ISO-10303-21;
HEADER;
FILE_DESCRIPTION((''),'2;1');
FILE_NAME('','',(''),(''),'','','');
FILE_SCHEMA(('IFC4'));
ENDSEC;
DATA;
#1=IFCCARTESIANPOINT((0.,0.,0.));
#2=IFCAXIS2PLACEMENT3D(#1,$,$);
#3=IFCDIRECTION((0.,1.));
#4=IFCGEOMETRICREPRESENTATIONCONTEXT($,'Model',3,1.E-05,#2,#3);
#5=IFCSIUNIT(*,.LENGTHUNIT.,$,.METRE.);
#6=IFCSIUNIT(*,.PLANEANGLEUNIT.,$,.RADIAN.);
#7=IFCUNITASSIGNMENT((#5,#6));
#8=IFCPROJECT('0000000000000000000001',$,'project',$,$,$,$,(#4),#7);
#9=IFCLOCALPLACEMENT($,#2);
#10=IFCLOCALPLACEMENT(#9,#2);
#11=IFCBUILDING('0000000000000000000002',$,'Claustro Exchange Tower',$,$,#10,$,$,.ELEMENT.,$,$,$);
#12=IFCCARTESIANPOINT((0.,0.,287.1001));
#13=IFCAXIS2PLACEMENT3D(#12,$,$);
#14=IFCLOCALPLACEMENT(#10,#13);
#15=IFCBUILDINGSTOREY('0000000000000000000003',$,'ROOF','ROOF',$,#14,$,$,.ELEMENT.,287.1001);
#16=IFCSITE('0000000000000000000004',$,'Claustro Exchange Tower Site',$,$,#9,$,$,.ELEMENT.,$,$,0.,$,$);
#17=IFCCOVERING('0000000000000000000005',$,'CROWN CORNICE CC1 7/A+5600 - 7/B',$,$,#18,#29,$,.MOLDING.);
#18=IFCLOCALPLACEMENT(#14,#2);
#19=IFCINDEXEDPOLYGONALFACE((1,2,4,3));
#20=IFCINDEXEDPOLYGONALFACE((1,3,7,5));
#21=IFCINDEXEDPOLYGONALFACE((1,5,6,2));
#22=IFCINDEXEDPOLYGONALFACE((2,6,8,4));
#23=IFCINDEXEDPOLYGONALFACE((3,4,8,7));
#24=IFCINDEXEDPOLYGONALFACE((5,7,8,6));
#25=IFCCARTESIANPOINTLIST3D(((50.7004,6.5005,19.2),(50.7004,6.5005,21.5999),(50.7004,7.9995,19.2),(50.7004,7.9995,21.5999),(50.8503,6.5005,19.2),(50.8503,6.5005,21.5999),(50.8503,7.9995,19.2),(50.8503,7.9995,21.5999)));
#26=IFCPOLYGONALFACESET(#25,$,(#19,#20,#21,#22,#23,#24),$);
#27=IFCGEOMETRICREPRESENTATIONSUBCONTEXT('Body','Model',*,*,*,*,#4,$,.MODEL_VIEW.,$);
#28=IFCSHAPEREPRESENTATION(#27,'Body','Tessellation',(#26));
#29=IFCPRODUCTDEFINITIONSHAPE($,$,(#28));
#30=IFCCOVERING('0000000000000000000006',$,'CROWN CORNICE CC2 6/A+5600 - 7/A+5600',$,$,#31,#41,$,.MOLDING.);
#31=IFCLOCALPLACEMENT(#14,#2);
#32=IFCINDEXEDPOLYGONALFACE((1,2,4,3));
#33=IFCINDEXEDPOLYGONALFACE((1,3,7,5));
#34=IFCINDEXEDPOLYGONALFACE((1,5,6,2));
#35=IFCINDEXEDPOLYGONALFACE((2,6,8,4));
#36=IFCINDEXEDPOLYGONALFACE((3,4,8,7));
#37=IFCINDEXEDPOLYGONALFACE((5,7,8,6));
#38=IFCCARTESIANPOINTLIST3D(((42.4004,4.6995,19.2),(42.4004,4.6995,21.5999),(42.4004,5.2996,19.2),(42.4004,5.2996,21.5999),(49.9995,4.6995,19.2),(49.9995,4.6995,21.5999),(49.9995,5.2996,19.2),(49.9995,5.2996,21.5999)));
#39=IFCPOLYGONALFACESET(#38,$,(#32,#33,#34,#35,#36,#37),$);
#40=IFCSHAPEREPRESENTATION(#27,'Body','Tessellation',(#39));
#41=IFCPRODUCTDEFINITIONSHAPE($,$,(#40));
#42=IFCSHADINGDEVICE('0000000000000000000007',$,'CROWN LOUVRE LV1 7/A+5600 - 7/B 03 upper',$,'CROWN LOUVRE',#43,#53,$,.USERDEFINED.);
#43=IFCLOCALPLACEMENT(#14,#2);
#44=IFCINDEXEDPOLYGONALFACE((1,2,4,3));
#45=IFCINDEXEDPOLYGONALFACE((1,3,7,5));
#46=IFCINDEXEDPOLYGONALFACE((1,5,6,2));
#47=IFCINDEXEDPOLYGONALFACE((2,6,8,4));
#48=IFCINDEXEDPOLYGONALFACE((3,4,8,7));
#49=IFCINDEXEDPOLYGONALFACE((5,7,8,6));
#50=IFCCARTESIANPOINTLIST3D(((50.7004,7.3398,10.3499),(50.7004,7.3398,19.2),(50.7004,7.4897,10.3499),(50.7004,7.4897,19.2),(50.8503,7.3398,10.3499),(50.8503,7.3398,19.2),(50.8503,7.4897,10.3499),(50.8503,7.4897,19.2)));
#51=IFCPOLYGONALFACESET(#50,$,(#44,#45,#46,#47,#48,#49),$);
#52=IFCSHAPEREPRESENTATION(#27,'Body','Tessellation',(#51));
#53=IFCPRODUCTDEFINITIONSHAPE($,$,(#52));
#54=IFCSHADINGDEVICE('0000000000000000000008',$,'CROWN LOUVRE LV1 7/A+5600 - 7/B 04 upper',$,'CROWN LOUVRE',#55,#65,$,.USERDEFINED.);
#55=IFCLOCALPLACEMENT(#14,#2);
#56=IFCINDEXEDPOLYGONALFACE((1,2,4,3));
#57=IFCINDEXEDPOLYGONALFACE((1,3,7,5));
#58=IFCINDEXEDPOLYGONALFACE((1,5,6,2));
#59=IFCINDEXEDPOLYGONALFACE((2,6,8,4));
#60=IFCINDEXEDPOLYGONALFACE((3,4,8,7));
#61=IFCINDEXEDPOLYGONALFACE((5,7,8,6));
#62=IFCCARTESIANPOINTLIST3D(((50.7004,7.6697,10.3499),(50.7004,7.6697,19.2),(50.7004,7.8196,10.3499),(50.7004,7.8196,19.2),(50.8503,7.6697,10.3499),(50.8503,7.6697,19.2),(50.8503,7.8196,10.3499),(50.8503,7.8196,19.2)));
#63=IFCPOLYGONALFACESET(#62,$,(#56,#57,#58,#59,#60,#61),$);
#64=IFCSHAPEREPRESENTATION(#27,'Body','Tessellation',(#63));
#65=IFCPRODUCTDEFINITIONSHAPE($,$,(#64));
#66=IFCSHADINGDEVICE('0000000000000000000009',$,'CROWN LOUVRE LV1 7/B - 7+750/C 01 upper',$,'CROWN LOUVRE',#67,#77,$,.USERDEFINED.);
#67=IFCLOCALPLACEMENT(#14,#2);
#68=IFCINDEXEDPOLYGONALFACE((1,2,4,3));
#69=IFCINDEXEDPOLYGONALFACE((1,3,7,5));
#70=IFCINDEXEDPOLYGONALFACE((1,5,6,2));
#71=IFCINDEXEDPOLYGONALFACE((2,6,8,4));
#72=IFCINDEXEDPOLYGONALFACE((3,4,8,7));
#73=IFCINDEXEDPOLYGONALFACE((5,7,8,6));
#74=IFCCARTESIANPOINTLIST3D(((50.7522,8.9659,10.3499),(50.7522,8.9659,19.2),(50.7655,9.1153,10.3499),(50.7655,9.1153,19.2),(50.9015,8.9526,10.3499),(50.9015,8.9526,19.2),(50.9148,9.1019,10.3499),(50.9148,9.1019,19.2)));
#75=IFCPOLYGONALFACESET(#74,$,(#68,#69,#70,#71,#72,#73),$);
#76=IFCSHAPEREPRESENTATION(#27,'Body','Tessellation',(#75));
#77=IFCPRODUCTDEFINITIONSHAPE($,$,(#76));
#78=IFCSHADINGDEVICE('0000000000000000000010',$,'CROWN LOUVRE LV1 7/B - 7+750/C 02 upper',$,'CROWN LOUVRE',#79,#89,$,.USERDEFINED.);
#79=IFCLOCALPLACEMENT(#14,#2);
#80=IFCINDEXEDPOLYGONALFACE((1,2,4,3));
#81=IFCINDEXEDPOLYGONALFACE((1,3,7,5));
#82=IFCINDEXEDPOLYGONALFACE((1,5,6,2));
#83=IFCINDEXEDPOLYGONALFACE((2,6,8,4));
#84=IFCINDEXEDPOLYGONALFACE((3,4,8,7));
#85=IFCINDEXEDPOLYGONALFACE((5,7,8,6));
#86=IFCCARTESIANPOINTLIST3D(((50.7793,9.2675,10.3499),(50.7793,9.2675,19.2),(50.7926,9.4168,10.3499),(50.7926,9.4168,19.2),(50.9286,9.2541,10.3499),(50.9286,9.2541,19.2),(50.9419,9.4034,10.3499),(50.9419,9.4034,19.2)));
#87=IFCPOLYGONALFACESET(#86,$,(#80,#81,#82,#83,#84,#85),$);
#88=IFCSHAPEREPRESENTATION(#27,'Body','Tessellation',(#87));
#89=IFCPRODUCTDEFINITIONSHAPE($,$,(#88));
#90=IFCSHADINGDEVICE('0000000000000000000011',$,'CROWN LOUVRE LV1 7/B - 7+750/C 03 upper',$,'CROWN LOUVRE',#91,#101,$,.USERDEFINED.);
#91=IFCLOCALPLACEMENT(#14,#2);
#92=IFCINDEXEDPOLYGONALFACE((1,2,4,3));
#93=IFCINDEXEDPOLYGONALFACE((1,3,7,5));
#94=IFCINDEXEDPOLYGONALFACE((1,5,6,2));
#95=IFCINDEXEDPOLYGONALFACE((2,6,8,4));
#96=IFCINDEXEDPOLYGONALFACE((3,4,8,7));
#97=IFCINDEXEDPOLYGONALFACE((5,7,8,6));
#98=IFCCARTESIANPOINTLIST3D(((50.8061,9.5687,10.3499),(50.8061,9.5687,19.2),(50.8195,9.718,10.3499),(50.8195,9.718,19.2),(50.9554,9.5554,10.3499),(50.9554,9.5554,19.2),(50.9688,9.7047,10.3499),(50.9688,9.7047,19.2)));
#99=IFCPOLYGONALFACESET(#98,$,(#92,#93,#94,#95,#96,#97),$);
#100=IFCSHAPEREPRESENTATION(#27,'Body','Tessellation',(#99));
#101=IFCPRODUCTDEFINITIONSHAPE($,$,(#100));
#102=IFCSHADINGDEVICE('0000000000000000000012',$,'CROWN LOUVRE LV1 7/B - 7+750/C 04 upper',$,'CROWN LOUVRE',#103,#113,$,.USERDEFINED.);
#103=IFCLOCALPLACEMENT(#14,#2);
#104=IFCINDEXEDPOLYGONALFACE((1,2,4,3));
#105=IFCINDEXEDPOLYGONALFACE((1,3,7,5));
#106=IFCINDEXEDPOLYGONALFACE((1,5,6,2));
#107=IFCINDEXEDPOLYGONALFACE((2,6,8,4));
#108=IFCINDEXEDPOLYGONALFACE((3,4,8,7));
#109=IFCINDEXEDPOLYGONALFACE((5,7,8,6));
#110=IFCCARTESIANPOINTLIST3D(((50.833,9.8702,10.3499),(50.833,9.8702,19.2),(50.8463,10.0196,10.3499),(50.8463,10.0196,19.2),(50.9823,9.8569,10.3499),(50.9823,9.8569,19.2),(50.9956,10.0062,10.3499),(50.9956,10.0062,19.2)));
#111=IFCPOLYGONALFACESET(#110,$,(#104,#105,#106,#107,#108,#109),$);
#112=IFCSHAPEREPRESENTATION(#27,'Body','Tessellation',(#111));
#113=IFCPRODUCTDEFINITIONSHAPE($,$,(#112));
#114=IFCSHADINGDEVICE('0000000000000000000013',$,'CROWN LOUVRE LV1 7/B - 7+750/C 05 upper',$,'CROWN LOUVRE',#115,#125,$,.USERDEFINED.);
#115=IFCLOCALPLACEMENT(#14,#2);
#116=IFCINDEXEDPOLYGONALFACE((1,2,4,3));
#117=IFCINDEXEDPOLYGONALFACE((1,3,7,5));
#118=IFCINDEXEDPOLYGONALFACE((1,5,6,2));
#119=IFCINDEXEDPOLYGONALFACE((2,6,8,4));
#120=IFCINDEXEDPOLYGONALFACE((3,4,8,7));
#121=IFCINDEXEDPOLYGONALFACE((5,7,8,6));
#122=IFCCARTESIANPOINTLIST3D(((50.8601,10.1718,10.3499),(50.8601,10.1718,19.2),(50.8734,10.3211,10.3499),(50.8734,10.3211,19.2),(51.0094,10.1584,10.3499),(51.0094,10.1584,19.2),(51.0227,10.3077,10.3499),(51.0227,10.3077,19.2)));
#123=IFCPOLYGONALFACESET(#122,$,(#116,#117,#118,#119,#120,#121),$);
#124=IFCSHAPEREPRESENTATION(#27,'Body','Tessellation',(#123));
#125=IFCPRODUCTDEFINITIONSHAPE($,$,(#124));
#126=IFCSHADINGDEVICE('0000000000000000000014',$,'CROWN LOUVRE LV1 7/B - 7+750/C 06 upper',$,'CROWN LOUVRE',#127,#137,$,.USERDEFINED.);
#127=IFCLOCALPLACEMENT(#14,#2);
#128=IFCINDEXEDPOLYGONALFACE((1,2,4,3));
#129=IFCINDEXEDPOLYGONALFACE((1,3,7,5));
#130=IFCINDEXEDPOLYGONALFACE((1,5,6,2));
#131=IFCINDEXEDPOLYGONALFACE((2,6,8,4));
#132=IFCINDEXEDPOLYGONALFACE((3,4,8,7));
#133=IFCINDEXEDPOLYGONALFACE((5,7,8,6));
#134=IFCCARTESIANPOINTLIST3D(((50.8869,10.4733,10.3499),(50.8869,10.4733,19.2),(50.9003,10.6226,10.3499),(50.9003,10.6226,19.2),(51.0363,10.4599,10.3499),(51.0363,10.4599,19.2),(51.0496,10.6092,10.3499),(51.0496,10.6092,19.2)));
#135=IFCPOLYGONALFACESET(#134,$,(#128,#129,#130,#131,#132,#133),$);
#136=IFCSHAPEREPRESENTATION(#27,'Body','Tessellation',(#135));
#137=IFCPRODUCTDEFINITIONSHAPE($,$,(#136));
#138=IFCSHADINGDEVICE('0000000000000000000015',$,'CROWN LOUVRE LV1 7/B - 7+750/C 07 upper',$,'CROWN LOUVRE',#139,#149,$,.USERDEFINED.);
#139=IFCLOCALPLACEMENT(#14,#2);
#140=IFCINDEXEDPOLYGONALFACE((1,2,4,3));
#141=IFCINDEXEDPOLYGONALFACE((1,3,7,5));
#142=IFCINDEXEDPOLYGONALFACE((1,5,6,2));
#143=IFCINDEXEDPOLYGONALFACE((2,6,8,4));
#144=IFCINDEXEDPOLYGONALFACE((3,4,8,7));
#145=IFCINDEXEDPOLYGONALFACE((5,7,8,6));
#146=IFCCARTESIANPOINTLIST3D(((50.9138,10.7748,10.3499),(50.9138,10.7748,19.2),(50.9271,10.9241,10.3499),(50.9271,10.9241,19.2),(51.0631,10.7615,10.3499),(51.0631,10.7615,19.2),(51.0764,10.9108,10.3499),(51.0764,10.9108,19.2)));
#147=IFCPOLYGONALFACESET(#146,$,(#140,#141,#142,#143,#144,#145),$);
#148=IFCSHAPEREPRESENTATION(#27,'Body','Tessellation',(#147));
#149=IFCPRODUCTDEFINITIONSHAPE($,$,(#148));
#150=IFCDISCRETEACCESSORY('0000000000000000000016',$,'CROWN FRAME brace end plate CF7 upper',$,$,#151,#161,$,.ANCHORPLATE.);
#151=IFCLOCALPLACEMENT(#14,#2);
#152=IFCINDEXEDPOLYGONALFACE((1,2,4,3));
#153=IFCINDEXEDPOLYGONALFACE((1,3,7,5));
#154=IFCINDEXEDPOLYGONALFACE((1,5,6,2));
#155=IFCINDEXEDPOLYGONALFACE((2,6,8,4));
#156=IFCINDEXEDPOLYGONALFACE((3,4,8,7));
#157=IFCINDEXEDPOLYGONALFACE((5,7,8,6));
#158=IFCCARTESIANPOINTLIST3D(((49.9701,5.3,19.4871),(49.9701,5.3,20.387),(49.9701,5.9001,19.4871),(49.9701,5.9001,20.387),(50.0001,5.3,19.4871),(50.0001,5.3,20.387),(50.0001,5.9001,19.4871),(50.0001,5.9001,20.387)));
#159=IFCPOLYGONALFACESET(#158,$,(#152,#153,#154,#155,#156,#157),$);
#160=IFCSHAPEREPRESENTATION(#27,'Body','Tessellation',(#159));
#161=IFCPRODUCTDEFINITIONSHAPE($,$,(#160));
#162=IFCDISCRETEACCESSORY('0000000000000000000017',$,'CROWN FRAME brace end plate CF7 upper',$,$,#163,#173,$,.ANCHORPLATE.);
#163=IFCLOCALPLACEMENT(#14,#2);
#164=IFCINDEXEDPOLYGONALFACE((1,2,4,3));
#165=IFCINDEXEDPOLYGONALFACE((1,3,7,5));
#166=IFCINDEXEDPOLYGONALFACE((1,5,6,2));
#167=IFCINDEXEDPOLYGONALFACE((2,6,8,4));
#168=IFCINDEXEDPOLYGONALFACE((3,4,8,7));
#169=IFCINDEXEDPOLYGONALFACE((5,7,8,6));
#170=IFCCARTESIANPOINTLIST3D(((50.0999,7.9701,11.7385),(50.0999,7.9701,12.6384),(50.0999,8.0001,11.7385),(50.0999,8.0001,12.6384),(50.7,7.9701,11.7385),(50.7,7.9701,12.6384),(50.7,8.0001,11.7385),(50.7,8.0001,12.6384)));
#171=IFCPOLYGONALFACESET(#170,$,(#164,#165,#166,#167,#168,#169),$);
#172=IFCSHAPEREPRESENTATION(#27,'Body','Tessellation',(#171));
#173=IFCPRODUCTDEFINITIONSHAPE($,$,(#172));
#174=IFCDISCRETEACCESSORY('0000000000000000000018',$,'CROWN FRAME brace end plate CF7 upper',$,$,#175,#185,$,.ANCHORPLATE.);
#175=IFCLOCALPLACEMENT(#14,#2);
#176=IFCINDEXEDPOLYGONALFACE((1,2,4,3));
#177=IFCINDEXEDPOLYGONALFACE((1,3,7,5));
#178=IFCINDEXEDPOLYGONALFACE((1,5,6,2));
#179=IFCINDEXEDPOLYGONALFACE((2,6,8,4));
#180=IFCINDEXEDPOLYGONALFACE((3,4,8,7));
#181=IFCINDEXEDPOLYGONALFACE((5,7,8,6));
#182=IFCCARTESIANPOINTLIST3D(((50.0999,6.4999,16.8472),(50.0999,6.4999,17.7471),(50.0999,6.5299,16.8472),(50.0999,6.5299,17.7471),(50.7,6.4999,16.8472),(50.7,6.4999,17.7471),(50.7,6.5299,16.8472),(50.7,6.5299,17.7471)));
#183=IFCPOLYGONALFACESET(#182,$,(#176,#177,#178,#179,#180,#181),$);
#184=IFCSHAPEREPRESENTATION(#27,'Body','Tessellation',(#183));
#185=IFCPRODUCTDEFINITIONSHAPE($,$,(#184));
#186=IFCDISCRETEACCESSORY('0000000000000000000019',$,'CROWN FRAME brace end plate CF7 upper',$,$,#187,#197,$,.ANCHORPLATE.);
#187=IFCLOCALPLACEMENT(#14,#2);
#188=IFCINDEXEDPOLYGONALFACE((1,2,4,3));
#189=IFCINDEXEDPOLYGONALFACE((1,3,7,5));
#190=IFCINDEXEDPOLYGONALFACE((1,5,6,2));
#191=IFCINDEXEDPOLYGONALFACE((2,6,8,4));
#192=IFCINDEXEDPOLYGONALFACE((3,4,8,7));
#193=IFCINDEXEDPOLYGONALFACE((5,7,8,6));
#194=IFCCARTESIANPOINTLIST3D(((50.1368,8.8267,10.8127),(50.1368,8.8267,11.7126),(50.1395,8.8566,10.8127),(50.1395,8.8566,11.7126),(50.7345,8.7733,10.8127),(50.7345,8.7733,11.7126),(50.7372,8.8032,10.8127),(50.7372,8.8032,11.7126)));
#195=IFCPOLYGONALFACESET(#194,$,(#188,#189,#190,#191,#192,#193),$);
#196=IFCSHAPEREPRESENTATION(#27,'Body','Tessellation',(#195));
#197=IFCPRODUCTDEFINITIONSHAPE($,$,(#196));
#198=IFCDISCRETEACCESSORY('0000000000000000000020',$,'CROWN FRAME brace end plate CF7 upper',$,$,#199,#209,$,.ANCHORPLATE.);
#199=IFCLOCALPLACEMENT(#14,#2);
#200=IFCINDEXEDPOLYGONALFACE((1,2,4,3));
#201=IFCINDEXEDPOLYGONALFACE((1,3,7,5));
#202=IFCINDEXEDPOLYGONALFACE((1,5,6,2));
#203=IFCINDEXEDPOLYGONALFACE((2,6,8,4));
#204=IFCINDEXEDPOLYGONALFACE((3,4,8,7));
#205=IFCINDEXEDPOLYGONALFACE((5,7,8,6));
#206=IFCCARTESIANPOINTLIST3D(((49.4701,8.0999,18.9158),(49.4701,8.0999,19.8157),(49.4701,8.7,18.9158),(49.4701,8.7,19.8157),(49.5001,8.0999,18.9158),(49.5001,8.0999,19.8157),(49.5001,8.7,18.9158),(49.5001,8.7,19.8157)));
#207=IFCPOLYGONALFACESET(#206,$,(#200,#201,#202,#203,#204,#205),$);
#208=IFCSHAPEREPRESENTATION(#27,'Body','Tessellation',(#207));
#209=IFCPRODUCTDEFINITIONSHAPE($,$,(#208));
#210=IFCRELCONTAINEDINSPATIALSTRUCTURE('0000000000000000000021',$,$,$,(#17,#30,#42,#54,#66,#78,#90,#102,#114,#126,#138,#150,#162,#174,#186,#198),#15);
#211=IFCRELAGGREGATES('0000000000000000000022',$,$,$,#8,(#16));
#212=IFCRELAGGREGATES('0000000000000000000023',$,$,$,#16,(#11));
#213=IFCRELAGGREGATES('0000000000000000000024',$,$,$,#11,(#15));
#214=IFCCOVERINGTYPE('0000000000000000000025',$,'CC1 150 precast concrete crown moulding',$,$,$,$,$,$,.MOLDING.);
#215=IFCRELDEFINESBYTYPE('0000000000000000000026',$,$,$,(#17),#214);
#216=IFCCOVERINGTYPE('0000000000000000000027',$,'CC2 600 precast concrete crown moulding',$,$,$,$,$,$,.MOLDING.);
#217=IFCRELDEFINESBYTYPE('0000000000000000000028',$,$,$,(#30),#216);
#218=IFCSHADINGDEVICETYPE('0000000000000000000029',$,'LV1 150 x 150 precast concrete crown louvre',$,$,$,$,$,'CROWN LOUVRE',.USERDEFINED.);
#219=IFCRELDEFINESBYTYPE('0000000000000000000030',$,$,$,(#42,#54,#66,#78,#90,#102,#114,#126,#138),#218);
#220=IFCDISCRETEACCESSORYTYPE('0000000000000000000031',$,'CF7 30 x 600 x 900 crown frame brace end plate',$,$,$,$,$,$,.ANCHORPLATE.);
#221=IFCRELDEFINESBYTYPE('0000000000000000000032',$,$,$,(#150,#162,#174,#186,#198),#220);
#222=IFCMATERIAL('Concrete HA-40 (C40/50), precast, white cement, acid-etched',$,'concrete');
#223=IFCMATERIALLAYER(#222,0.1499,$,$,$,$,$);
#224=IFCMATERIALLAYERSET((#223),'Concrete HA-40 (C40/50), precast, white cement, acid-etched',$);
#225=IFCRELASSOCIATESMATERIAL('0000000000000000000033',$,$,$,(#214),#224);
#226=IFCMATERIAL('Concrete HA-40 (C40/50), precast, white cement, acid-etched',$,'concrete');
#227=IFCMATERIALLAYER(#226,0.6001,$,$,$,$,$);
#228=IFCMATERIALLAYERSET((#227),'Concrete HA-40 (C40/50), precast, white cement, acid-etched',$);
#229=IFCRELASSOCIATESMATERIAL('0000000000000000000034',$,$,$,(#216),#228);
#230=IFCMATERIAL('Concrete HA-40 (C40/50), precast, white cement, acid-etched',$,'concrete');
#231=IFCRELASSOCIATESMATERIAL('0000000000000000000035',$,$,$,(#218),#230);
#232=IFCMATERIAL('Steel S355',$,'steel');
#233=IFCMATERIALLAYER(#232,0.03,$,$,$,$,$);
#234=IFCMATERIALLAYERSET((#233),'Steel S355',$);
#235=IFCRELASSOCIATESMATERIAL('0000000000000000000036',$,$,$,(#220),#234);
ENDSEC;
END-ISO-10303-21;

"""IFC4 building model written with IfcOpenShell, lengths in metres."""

from ifc_helpers import new_model, si_unit, direction, frame, origin, origin_2d, place, context, subcontext, project, spatial, rectangle, extrude, material, layer, layer_set, type_object, element, save


model = new_model("IFC4")

# Units and contexts
model_context = context("Model", 3, precision=1e-05, world=origin(), true_north=direction((0.0, 1.0)))
body_context = subcontext(model_context, "Body", "Model", "MODEL_VIEW")
ifc_project = project(units=[si_unit("LENGTHUNIT", "METRE"), si_unit("PLANEANGLEUNIT", "RADIAN")], contexts=[model_context])

# Site, building, storey
site_placement = place(None, origin())
site = spatial("IfcSite", under=ifc_project, at=site_placement, Name="Claustro Exchange Tower Site", CompositionType="ELEMENT", RefElevation=0.0)
building_placement = place(site_placement, origin())
building = spatial("IfcBuilding", under=site, at=building_placement, Name="Claustro Exchange Tower", CompositionType="ELEMENT")
storey_placement = place(building_placement, frame((0.0, 0.0, 287.1001)))
storey = spatial("IfcBuildingStorey", under=building, at=storey_placement, Name="ROOF", Description="ROOF", CompositionType="ELEMENT", Elevation=287.1001)

# Coverings
ifc_material_1 = material(Name="Concrete HA-40 (C40/50), precast, white cement, acid-etched", Category="concrete")
ifc_layer_1 = layer(ifc_material_1, 0.1499)
ifc_layer_set_1 = layer_set([ifc_layer_1], Name="Concrete HA-40 (C40/50), precast, white cement, acid-etched")
covering_type_1 = type_object("IfcCoveringType", Name="CC1 150 precast concrete crown moulding", PredefinedType="MOLDING", material=ifc_layer_set_1)
covering_1_placement = place(storey_placement, frame((50.7754, 7.25, 19.2), z_axis=(0.0, 0.0, 1.0), x_axis=(0.0, 1.0, 0.0)))
element("IfcCovering", 1, at=covering_1_placement, inside=storey, type_object=covering_type_1, Name="CROWN CORNICE CC1 7/A+5600 - 7/B", PredefinedType="MOLDING", context=body_context, shape_type="SweptSolid", body=[
    extrude(rectangle(XDim=1.499, YDim=0.1499, at=origin_2d()), origin(), (0.0, 0.0, 1.0), 2.3999),
])
ifc_material_2 = material(Name="Concrete HA-40 (C40/50), precast, white cement, acid-etched", Category="concrete")
ifc_layer_2 = layer(ifc_material_2, 0.6001)
ifc_layer_set_2 = layer_set([ifc_layer_2], Name="Concrete HA-40 (C40/50), precast, white cement, acid-etched")
covering_type_2 = type_object("IfcCoveringType", Name="CC2 600 precast concrete crown moulding", PredefinedType="MOLDING", material=ifc_layer_set_2)
covering_2_placement = place(storey_placement, frame((46.2, 4.9995, 19.2), z_axis=(0.0, 0.0, 1.0), x_axis=(1.0, 0.0, 0.0)))
element("IfcCovering", 2, at=covering_2_placement, inside=storey, type_object=covering_type_2, Name="CROWN CORNICE CC2 6/A+5600 - 7/A+5600", PredefinedType="MOLDING", context=body_context, shape_type="SweptSolid", body=[
    extrude(rectangle(XDim=7.5991, YDim=0.6001, at=origin_2d()), origin(), (0.0, 0.0, 1.0), 2.3999),
])

# Shading devices
ifc_material_3 = material(Name="Concrete HA-40 (C40/50), precast, white cement, acid-etched", Category="concrete")
shading_device_type = type_object("IfcShadingDeviceType", Name="LV1 150 x 150 precast concrete crown louvre", ElementType="CROWN LOUVRE", PredefinedType="USERDEFINED", material=ifc_material_3)
for number, where, z_axis, x_axis, name in (
    (3, (50.7754, 7.4148, 10.3499), (0.0, 0.0, 1.0), (0.0, 1.0, 0.0), "CROWN LOUVRE LV1 7/A+5600 - 7/B 03 upper"),
    (4, (50.7754, 7.7446, 10.3499), (0.0, 0.0, 1.0), (0.0, 1.0, 0.0), "CROWN LOUVRE LV1 7/A+5600 - 7/B 04 upper"),
    (5, (50.8335, 9.0339, 10.3499), (0.0, 0.0, 1.0), (0.088933, 0.996038, 0.0), "CROWN LOUVRE LV1 7/B - 7+750/C 01 upper"),
    (6, (50.8606, 9.3354, 10.3499), (0.0, 0.0, 1.0), (0.088933, 0.996038, 0.0), "CROWN LOUVRE LV1 7/B - 7+750/C 02 upper"),
    (7, (50.8875, 9.6367, 10.3499), (0.0, 0.0, 1.0), (0.088933, 0.996038, 0.0), "CROWN LOUVRE LV1 7/B - 7+750/C 03 upper"),
    (8, (50.9143, 9.9382, 10.3499), (0.0, 0.0, 1.0), (0.088933, 0.996038, 0.0), "CROWN LOUVRE LV1 7/B - 7+750/C 04 upper"),
    (9, (50.9414, 10.2397, 10.3499), (0.0, 0.0, 1.0), (0.088933, 0.996038, 0.0), "CROWN LOUVRE LV1 7/B - 7+750/C 05 upper"),
    (10, (50.9683, 10.5413, 10.3499), (0.0, 0.0, 1.0), (0.088933, 0.996038, 0.0), "CROWN LOUVRE LV1 7/B - 7+750/C 06 upper"),
    (11, (50.9951, 10.8428, 10.3499), (0.0, 0.0, 1.0), (0.088933, 0.996038, 0.0), "CROWN LOUVRE LV1 7/B - 7+750/C 07 upper"),
):
    element("IfcShadingDevice", number, at=place(storey_placement, frame(where, z_axis=z_axis, x_axis=x_axis)), inside=storey, type_object=shading_device_type, Name=name, ObjectType="CROWN LOUVRE", PredefinedType="USERDEFINED", context=body_context, shape_type="SweptSolid", body=[
        extrude(rectangle(XDim=0.1499, YDim=0.1499, at=origin_2d()), origin(), (0.0, 0.0, 1.0), 8.8501),
    ])

# Discrete accessories
ifc_material_4 = material(Name="Steel S355", Category="steel")
ifc_layer_3 = layer(ifc_material_4, 0.03)
ifc_layer_set_3 = layer_set([ifc_layer_3], Name="Steel S355")
discrete_accessory_type = type_object("IfcDiscreteAccessoryType", Name="CF7 30 x 600 x 900 crown frame brace end plate", PredefinedType="ANCHORPLATE", material=ifc_layer_set_3)
for number, where, z_axis, x_axis, name in (
    (12, (49.9851, 5.6001, 19.4871), (0.0, 0.0, 1.0), (1.0, 0.0, 0.0), "CROWN FRAME brace end plate CF7 upper"),
    (13, (50.3999, 7.9851, 11.7385), (0.0, 0.0, 1.0), (0.0, -1.0, 0.0), "CROWN FRAME brace end plate CF7 upper"),
    (14, (50.3999, 6.5149, 16.8472), (0.0, 0.0, 1.0), (0.0, -1.0, 0.0), "CROWN FRAME brace end plate CF7 upper"),
    (15, (50.437, 8.8149, 10.8127), (0.0, 0.0, 1.0), (0.088933, 0.996038, 0.0), "CROWN FRAME brace end plate CF7 upper"),
    (16, (49.4851, 8.3999, 18.9158), (0.0, 0.0, 1.0), (1.0, 0.0, 0.0), "CROWN FRAME brace end plate CF7 upper"),
):
    element("IfcDiscreteAccessory", number, at=place(storey_placement, frame(where, z_axis=z_axis, x_axis=x_axis)), inside=storey, type_object=discrete_accessory_type, Name=name, PredefinedType="ANCHORPLATE", context=body_context, shape_type="SweptSolid", body=[
        extrude(rectangle(XDim=0.03, YDim=0.6001, at=origin_2d()), origin(), (0.0, 0.0, 1.0), 0.8999),
    ])

save(model, "model.ifc")
